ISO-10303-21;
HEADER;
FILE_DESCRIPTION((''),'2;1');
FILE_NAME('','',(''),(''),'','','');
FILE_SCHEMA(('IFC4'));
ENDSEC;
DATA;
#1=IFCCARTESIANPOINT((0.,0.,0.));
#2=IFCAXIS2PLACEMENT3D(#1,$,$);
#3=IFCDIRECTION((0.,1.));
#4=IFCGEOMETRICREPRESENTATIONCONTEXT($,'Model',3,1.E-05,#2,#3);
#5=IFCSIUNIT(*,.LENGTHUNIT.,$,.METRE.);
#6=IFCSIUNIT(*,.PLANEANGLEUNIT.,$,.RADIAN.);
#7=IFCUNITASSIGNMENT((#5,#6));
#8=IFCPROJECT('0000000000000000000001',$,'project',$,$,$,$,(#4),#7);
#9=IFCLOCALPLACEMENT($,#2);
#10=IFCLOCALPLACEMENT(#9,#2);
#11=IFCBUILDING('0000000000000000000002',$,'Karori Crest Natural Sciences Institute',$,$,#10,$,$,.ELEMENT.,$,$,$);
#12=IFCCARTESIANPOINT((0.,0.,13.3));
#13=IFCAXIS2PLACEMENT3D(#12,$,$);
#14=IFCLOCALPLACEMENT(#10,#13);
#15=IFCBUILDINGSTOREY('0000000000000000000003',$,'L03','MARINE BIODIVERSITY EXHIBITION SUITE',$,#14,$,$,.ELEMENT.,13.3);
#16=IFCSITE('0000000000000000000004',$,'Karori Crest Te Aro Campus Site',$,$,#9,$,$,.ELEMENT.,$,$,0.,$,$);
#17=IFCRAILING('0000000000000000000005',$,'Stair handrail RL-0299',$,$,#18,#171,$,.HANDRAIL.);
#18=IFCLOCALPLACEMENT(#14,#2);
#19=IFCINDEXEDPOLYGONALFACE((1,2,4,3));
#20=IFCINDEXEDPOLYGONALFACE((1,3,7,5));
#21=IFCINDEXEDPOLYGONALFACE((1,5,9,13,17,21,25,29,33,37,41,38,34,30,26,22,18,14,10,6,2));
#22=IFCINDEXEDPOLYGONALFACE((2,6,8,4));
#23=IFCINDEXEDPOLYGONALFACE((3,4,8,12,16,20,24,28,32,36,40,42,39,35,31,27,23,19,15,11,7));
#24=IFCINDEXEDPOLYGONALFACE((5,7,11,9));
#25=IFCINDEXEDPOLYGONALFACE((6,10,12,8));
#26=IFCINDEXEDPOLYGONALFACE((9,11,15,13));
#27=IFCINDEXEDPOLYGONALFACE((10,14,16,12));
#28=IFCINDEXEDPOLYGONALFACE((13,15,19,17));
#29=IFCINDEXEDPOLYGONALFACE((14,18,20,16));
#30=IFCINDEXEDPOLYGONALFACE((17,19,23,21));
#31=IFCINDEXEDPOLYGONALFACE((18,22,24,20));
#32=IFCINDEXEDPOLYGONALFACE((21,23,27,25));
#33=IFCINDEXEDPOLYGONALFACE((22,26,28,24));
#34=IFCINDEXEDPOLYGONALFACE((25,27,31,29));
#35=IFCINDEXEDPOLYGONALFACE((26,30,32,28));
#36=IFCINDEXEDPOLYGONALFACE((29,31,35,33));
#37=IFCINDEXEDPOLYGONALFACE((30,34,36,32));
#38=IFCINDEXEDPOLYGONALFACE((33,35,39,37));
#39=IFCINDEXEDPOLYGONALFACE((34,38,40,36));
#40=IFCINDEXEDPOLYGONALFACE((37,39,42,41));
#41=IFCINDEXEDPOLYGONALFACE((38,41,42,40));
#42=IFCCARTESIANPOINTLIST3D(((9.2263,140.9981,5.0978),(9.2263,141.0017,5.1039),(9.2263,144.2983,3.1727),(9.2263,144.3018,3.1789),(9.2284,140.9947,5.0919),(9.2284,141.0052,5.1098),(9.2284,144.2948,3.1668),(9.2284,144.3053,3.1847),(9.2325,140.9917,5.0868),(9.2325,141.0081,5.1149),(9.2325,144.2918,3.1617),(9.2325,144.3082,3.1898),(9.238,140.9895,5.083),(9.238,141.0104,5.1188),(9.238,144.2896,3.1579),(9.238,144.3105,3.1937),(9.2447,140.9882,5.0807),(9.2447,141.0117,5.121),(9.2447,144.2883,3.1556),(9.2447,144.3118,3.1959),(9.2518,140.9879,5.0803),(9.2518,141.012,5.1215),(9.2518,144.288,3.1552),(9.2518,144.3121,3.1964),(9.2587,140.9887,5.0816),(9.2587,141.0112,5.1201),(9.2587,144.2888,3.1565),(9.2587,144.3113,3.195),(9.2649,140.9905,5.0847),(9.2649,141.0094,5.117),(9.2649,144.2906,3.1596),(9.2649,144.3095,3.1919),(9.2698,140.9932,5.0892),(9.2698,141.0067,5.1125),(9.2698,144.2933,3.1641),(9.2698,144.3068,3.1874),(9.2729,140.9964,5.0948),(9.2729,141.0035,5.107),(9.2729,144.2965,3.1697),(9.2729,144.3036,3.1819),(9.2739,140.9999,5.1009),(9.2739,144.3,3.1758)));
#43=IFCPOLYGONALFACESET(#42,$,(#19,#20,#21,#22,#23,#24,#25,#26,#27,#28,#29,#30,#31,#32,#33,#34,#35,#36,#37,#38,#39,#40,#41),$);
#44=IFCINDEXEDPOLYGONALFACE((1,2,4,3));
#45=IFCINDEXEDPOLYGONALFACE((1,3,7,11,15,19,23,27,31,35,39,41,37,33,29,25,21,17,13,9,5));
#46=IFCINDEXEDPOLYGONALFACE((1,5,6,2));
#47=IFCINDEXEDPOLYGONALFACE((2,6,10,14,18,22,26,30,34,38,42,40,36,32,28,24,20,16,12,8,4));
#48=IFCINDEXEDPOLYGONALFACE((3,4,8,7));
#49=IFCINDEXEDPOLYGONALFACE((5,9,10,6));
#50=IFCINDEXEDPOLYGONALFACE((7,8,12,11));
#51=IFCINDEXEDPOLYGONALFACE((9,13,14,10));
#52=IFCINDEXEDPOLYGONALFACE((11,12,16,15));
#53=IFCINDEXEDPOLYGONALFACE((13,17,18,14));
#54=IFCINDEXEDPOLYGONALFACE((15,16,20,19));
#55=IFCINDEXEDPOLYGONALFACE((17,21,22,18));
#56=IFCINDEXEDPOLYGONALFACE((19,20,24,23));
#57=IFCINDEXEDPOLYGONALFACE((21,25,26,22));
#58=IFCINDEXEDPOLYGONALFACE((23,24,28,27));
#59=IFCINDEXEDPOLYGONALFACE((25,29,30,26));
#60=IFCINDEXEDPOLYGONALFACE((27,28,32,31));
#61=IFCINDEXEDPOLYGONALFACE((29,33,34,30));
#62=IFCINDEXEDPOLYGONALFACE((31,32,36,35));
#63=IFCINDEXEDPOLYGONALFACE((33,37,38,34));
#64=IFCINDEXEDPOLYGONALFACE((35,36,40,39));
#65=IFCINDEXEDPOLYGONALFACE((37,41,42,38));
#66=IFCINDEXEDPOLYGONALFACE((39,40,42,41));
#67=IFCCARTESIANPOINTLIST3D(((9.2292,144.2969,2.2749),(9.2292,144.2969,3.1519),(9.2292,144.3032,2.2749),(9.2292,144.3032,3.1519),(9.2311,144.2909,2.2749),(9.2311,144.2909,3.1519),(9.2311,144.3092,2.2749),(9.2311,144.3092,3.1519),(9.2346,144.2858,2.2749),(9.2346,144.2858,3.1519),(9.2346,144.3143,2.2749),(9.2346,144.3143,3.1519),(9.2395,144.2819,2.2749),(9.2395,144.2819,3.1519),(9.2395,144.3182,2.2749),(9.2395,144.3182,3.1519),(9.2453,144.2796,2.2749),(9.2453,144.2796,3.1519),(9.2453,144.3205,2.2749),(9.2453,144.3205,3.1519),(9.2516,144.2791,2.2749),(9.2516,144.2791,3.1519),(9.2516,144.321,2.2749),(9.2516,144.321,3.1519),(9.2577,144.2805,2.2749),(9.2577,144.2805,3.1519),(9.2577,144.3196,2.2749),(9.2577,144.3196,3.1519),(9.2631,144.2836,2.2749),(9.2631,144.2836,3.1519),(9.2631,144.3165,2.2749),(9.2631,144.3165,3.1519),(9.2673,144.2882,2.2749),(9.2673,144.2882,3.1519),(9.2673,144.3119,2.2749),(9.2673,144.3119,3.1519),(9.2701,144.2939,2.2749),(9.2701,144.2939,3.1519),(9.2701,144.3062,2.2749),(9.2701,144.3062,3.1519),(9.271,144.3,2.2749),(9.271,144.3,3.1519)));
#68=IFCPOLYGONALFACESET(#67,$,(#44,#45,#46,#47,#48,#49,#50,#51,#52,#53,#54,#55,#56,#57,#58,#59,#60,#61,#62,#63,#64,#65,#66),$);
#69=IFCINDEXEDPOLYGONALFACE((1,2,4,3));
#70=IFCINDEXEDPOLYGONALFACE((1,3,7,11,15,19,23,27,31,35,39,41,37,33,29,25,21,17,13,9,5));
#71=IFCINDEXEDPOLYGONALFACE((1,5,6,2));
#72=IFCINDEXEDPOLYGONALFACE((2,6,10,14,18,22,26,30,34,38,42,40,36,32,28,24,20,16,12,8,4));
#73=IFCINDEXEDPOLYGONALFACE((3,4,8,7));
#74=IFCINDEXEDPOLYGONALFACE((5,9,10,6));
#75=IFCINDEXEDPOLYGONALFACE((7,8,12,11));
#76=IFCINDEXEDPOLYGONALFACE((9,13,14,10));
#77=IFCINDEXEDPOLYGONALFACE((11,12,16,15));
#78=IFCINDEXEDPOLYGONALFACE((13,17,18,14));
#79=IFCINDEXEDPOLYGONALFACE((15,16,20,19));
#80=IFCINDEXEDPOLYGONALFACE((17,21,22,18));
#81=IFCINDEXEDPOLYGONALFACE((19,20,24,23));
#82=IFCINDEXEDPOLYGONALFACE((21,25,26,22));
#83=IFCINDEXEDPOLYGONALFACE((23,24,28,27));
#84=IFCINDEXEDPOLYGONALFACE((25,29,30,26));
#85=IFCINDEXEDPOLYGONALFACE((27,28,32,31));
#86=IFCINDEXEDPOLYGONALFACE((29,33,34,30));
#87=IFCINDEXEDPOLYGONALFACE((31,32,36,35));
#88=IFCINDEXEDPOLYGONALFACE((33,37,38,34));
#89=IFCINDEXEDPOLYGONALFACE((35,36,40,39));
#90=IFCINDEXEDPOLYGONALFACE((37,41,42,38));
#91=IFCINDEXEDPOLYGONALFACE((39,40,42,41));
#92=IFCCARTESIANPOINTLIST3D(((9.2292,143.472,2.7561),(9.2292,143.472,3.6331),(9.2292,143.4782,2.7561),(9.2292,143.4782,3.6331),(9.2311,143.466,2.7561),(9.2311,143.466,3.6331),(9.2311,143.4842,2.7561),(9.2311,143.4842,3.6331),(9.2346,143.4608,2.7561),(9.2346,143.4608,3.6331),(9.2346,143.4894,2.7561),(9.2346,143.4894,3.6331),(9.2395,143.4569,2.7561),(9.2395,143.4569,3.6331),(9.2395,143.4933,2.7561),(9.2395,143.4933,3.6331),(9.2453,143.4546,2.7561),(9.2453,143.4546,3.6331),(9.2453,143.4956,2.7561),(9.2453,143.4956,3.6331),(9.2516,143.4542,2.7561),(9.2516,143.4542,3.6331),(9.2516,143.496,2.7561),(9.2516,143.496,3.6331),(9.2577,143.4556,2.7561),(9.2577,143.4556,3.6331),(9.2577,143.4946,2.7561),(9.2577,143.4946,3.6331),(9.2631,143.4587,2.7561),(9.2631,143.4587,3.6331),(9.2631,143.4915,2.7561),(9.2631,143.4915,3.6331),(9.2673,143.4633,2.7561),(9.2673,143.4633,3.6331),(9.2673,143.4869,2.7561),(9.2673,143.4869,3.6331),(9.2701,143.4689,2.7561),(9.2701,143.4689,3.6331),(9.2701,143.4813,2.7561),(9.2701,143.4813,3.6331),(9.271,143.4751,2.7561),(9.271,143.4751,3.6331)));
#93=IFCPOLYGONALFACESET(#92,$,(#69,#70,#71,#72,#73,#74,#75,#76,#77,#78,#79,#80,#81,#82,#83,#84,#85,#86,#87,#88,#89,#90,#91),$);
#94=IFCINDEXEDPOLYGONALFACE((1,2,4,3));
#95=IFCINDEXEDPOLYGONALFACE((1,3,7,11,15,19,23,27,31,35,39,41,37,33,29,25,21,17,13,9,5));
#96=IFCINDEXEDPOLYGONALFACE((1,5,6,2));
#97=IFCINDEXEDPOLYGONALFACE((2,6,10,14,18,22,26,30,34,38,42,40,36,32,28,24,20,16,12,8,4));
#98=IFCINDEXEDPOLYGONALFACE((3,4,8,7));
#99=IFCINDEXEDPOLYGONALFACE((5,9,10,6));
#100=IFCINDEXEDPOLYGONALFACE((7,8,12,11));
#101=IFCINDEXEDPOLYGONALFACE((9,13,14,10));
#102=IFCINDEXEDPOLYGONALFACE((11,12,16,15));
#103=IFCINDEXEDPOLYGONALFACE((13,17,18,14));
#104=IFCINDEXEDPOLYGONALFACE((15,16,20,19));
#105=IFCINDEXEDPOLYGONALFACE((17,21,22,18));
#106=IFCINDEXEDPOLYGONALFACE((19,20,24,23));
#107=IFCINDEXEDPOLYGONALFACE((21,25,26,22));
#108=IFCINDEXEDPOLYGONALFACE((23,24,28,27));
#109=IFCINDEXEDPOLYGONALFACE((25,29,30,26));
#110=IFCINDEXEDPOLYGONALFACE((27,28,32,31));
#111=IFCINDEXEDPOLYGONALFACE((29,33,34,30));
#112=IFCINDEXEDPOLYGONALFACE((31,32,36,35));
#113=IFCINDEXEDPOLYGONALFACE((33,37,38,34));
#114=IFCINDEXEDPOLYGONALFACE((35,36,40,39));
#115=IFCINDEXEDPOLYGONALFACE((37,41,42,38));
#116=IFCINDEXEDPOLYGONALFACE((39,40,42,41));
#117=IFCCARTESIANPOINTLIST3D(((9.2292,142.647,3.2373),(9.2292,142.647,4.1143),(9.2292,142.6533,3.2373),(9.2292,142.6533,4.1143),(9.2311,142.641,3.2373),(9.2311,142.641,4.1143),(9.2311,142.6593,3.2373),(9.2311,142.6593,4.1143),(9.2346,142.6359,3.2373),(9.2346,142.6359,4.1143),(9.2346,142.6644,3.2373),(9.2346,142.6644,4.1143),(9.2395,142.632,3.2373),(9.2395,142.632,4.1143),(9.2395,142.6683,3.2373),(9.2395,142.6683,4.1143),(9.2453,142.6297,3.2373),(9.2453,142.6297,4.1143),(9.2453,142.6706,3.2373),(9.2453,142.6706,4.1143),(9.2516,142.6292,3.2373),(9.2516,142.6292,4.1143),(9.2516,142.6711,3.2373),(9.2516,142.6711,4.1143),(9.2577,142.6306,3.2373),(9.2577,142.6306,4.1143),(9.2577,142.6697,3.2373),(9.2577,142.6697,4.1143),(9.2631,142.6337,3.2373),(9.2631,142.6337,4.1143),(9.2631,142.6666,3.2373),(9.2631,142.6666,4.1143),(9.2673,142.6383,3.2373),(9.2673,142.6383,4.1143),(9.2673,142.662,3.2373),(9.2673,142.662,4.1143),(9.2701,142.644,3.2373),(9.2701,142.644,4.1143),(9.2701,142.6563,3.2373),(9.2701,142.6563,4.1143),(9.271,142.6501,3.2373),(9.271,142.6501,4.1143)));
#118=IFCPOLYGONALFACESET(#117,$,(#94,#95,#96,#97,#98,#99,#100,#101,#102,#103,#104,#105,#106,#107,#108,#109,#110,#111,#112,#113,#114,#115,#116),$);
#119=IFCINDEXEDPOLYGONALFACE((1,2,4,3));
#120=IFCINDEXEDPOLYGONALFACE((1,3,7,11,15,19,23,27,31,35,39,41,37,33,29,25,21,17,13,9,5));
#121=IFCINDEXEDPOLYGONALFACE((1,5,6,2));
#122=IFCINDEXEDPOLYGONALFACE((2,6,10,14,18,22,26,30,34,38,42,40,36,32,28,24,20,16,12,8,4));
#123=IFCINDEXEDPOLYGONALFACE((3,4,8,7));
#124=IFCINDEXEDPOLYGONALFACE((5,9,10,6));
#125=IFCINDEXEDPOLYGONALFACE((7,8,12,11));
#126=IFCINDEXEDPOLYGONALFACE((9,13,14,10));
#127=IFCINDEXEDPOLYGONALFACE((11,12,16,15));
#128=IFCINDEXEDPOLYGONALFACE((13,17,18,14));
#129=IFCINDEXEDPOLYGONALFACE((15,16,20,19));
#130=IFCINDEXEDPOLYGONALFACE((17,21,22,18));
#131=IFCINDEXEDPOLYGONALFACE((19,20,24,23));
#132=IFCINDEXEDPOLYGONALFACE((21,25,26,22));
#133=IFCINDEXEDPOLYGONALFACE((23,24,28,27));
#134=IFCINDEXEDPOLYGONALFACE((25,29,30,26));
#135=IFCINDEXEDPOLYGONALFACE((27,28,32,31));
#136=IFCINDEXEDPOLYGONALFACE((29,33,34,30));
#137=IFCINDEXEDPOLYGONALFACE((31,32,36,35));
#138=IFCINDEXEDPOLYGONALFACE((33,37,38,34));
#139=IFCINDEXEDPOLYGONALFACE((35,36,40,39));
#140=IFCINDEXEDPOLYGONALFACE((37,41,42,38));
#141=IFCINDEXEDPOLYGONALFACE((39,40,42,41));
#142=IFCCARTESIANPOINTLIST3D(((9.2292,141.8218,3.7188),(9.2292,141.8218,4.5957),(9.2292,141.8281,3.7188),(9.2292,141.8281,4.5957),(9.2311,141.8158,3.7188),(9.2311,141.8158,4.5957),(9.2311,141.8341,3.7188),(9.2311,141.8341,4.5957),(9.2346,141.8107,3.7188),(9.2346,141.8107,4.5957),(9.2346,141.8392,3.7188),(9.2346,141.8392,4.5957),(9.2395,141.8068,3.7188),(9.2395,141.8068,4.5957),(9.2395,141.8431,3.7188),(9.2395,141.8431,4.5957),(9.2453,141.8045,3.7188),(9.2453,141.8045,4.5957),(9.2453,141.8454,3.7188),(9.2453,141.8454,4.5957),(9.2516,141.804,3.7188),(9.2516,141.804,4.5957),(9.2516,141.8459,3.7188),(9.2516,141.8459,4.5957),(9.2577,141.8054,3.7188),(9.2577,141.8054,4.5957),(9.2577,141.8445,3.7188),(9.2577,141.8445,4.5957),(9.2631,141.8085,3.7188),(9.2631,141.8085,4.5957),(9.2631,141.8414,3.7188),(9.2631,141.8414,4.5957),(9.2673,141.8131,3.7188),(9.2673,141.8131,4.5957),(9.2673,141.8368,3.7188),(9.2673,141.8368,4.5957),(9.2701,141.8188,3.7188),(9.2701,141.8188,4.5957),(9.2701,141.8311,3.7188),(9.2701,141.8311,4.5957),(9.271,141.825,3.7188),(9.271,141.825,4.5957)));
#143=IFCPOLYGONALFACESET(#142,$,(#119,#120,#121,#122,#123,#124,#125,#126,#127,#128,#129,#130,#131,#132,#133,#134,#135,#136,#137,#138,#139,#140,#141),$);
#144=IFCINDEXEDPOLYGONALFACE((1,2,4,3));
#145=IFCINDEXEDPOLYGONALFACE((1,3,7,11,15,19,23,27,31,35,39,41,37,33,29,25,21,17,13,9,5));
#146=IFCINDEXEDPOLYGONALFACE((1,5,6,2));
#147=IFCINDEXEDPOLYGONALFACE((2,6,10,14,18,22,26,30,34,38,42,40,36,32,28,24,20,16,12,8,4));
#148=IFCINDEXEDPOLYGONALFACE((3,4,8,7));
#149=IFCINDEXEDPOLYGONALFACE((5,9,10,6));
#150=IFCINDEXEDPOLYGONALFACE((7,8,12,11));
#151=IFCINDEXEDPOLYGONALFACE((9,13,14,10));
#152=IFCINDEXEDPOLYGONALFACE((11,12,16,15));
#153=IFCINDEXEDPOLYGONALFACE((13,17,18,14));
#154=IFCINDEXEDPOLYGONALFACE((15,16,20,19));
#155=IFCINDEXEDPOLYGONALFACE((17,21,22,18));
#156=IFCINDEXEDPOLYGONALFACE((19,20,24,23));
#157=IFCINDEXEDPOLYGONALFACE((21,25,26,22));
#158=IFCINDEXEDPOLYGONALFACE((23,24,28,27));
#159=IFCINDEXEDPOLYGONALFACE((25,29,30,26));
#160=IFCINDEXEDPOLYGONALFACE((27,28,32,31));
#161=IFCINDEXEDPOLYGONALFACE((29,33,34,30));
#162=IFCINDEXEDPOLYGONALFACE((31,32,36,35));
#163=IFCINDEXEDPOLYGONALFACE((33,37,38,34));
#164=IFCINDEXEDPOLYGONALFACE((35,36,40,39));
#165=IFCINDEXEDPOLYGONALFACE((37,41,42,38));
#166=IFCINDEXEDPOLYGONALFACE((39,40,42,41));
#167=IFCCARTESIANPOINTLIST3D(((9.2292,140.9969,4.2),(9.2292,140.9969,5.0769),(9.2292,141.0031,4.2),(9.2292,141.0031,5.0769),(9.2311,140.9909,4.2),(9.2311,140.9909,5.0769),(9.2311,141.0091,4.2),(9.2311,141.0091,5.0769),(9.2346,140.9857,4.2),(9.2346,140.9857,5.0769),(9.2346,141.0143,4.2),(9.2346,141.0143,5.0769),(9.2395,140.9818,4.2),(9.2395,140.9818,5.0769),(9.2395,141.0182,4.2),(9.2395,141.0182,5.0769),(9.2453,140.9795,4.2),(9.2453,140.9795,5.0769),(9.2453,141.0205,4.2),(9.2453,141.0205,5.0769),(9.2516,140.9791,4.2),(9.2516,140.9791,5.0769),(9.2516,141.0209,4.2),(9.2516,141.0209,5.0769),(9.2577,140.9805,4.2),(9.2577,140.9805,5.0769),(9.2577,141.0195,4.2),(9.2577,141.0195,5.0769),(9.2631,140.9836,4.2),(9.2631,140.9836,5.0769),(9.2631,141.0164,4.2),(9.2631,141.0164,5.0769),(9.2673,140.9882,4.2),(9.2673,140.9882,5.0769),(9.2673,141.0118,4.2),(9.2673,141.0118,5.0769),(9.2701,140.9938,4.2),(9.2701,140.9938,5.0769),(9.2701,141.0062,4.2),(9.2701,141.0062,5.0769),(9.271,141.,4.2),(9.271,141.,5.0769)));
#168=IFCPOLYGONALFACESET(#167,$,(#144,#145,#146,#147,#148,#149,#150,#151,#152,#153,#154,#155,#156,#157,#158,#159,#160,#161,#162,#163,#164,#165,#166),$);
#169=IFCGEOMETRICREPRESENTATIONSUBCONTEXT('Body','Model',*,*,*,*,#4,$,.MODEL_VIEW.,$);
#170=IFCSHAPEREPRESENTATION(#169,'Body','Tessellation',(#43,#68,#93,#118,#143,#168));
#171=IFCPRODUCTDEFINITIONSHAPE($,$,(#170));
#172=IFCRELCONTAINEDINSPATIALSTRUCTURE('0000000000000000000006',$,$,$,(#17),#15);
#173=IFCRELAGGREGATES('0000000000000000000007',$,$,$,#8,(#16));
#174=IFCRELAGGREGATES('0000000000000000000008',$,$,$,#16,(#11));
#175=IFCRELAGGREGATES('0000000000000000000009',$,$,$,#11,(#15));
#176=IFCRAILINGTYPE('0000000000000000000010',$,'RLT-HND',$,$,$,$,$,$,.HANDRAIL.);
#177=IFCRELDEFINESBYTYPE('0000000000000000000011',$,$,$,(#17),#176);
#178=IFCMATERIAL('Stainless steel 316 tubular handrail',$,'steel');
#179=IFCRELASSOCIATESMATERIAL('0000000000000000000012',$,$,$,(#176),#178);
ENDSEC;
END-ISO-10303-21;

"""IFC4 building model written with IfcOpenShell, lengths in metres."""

from ifc_helpers import new_model, si_unit, direction, frame, origin, origin_2d, place, context, subcontext, project, spatial, circle, extrude, material, type_object, element, save


model = new_model("IFC4")

# Units and contexts
model_context = context("Model", 3, precision=1e-05, world=origin(), true_north=direction((0.0, 1.0)))
body_context = subcontext(model_context, "Body", "Model", "MODEL_VIEW")
ifc_project = project(units=[si_unit("LENGTHUNIT", "METRE"), si_unit("PLANEANGLEUNIT", "RADIAN")], contexts=[model_context])

# Site, building, storey
site_placement = place(None, origin())
site = spatial("IfcSite", under=ifc_project, at=site_placement, Name="Karori Crest Te Aro Campus Site", CompositionType="ELEMENT", RefElevation=0.0)
building_placement = place(site_placement, origin())
building = spatial("IfcBuilding", under=site, at=building_placement, Name="Karori Crest Natural Sciences Institute", CompositionType="ELEMENT")
storey_placement = place(building_placement, frame((0.0, 0.0, 13.3)))
storey = spatial("IfcBuildingStorey", under=building, at=storey_placement, Name="L03", Description="MARINE BIODIVERSITY EXHIBITION SUITE", CompositionType="ELEMENT", Elevation=13.3)

# Railing
ifc_material_1 = material(Name="Stainless steel 316 tubular handrail", Category="steel")
railing_type_1 = type_object("IfcRailingType", Name="RLT-HND", PredefinedType="HANDRAIL", material=ifc_material_1)
railing_1_placement = place(storey_placement, frame((9.25, 144.3, 2.2749)))
element("IfcRailing", 1, at=railing_1_placement, inside=storey, type_object=railing_type_1, Name="Stair handrail RL-0299", PredefinedType="HANDRAIL", context=body_context, shape_type="SweptSolid", body=[
    extrude(circle(Radius=0.0239, at=origin_2d()), frame((0.0, 0.0, 0.9009), z_axis=(0.0, -0.863777, 0.503875), x_axis=(1.0, 0.0, 0.0)), (0.0, 0.0, 1.0), 3.8206),
    extrude(circle(Radius=0.021, at=origin_2d()), origin(), (0.0, 0.0, 1.0), 0.877),
    extrude(circle(Radius=0.021, at=origin_2d()), frame((0.0, -0.825, 0.4812)), (0.0, 0.0, 1.0), 0.877),
    extrude(circle(Radius=0.021, at=origin_2d()), frame((0.0, -1.6499, 0.9624)), (0.0, 0.0, 1.0), 0.877),
    extrude(circle(Radius=0.021, at=origin_2d()), frame((0.0, -2.4751, 1.4438)), (0.0, 0.0, 1.0), 0.877),
    extrude(circle(Radius=0.021, at=origin_2d()), frame((0.0, -3.3, 1.925)), (0.0, 0.0, 1.0), 0.877),
])

save(model, "model.ifc")
